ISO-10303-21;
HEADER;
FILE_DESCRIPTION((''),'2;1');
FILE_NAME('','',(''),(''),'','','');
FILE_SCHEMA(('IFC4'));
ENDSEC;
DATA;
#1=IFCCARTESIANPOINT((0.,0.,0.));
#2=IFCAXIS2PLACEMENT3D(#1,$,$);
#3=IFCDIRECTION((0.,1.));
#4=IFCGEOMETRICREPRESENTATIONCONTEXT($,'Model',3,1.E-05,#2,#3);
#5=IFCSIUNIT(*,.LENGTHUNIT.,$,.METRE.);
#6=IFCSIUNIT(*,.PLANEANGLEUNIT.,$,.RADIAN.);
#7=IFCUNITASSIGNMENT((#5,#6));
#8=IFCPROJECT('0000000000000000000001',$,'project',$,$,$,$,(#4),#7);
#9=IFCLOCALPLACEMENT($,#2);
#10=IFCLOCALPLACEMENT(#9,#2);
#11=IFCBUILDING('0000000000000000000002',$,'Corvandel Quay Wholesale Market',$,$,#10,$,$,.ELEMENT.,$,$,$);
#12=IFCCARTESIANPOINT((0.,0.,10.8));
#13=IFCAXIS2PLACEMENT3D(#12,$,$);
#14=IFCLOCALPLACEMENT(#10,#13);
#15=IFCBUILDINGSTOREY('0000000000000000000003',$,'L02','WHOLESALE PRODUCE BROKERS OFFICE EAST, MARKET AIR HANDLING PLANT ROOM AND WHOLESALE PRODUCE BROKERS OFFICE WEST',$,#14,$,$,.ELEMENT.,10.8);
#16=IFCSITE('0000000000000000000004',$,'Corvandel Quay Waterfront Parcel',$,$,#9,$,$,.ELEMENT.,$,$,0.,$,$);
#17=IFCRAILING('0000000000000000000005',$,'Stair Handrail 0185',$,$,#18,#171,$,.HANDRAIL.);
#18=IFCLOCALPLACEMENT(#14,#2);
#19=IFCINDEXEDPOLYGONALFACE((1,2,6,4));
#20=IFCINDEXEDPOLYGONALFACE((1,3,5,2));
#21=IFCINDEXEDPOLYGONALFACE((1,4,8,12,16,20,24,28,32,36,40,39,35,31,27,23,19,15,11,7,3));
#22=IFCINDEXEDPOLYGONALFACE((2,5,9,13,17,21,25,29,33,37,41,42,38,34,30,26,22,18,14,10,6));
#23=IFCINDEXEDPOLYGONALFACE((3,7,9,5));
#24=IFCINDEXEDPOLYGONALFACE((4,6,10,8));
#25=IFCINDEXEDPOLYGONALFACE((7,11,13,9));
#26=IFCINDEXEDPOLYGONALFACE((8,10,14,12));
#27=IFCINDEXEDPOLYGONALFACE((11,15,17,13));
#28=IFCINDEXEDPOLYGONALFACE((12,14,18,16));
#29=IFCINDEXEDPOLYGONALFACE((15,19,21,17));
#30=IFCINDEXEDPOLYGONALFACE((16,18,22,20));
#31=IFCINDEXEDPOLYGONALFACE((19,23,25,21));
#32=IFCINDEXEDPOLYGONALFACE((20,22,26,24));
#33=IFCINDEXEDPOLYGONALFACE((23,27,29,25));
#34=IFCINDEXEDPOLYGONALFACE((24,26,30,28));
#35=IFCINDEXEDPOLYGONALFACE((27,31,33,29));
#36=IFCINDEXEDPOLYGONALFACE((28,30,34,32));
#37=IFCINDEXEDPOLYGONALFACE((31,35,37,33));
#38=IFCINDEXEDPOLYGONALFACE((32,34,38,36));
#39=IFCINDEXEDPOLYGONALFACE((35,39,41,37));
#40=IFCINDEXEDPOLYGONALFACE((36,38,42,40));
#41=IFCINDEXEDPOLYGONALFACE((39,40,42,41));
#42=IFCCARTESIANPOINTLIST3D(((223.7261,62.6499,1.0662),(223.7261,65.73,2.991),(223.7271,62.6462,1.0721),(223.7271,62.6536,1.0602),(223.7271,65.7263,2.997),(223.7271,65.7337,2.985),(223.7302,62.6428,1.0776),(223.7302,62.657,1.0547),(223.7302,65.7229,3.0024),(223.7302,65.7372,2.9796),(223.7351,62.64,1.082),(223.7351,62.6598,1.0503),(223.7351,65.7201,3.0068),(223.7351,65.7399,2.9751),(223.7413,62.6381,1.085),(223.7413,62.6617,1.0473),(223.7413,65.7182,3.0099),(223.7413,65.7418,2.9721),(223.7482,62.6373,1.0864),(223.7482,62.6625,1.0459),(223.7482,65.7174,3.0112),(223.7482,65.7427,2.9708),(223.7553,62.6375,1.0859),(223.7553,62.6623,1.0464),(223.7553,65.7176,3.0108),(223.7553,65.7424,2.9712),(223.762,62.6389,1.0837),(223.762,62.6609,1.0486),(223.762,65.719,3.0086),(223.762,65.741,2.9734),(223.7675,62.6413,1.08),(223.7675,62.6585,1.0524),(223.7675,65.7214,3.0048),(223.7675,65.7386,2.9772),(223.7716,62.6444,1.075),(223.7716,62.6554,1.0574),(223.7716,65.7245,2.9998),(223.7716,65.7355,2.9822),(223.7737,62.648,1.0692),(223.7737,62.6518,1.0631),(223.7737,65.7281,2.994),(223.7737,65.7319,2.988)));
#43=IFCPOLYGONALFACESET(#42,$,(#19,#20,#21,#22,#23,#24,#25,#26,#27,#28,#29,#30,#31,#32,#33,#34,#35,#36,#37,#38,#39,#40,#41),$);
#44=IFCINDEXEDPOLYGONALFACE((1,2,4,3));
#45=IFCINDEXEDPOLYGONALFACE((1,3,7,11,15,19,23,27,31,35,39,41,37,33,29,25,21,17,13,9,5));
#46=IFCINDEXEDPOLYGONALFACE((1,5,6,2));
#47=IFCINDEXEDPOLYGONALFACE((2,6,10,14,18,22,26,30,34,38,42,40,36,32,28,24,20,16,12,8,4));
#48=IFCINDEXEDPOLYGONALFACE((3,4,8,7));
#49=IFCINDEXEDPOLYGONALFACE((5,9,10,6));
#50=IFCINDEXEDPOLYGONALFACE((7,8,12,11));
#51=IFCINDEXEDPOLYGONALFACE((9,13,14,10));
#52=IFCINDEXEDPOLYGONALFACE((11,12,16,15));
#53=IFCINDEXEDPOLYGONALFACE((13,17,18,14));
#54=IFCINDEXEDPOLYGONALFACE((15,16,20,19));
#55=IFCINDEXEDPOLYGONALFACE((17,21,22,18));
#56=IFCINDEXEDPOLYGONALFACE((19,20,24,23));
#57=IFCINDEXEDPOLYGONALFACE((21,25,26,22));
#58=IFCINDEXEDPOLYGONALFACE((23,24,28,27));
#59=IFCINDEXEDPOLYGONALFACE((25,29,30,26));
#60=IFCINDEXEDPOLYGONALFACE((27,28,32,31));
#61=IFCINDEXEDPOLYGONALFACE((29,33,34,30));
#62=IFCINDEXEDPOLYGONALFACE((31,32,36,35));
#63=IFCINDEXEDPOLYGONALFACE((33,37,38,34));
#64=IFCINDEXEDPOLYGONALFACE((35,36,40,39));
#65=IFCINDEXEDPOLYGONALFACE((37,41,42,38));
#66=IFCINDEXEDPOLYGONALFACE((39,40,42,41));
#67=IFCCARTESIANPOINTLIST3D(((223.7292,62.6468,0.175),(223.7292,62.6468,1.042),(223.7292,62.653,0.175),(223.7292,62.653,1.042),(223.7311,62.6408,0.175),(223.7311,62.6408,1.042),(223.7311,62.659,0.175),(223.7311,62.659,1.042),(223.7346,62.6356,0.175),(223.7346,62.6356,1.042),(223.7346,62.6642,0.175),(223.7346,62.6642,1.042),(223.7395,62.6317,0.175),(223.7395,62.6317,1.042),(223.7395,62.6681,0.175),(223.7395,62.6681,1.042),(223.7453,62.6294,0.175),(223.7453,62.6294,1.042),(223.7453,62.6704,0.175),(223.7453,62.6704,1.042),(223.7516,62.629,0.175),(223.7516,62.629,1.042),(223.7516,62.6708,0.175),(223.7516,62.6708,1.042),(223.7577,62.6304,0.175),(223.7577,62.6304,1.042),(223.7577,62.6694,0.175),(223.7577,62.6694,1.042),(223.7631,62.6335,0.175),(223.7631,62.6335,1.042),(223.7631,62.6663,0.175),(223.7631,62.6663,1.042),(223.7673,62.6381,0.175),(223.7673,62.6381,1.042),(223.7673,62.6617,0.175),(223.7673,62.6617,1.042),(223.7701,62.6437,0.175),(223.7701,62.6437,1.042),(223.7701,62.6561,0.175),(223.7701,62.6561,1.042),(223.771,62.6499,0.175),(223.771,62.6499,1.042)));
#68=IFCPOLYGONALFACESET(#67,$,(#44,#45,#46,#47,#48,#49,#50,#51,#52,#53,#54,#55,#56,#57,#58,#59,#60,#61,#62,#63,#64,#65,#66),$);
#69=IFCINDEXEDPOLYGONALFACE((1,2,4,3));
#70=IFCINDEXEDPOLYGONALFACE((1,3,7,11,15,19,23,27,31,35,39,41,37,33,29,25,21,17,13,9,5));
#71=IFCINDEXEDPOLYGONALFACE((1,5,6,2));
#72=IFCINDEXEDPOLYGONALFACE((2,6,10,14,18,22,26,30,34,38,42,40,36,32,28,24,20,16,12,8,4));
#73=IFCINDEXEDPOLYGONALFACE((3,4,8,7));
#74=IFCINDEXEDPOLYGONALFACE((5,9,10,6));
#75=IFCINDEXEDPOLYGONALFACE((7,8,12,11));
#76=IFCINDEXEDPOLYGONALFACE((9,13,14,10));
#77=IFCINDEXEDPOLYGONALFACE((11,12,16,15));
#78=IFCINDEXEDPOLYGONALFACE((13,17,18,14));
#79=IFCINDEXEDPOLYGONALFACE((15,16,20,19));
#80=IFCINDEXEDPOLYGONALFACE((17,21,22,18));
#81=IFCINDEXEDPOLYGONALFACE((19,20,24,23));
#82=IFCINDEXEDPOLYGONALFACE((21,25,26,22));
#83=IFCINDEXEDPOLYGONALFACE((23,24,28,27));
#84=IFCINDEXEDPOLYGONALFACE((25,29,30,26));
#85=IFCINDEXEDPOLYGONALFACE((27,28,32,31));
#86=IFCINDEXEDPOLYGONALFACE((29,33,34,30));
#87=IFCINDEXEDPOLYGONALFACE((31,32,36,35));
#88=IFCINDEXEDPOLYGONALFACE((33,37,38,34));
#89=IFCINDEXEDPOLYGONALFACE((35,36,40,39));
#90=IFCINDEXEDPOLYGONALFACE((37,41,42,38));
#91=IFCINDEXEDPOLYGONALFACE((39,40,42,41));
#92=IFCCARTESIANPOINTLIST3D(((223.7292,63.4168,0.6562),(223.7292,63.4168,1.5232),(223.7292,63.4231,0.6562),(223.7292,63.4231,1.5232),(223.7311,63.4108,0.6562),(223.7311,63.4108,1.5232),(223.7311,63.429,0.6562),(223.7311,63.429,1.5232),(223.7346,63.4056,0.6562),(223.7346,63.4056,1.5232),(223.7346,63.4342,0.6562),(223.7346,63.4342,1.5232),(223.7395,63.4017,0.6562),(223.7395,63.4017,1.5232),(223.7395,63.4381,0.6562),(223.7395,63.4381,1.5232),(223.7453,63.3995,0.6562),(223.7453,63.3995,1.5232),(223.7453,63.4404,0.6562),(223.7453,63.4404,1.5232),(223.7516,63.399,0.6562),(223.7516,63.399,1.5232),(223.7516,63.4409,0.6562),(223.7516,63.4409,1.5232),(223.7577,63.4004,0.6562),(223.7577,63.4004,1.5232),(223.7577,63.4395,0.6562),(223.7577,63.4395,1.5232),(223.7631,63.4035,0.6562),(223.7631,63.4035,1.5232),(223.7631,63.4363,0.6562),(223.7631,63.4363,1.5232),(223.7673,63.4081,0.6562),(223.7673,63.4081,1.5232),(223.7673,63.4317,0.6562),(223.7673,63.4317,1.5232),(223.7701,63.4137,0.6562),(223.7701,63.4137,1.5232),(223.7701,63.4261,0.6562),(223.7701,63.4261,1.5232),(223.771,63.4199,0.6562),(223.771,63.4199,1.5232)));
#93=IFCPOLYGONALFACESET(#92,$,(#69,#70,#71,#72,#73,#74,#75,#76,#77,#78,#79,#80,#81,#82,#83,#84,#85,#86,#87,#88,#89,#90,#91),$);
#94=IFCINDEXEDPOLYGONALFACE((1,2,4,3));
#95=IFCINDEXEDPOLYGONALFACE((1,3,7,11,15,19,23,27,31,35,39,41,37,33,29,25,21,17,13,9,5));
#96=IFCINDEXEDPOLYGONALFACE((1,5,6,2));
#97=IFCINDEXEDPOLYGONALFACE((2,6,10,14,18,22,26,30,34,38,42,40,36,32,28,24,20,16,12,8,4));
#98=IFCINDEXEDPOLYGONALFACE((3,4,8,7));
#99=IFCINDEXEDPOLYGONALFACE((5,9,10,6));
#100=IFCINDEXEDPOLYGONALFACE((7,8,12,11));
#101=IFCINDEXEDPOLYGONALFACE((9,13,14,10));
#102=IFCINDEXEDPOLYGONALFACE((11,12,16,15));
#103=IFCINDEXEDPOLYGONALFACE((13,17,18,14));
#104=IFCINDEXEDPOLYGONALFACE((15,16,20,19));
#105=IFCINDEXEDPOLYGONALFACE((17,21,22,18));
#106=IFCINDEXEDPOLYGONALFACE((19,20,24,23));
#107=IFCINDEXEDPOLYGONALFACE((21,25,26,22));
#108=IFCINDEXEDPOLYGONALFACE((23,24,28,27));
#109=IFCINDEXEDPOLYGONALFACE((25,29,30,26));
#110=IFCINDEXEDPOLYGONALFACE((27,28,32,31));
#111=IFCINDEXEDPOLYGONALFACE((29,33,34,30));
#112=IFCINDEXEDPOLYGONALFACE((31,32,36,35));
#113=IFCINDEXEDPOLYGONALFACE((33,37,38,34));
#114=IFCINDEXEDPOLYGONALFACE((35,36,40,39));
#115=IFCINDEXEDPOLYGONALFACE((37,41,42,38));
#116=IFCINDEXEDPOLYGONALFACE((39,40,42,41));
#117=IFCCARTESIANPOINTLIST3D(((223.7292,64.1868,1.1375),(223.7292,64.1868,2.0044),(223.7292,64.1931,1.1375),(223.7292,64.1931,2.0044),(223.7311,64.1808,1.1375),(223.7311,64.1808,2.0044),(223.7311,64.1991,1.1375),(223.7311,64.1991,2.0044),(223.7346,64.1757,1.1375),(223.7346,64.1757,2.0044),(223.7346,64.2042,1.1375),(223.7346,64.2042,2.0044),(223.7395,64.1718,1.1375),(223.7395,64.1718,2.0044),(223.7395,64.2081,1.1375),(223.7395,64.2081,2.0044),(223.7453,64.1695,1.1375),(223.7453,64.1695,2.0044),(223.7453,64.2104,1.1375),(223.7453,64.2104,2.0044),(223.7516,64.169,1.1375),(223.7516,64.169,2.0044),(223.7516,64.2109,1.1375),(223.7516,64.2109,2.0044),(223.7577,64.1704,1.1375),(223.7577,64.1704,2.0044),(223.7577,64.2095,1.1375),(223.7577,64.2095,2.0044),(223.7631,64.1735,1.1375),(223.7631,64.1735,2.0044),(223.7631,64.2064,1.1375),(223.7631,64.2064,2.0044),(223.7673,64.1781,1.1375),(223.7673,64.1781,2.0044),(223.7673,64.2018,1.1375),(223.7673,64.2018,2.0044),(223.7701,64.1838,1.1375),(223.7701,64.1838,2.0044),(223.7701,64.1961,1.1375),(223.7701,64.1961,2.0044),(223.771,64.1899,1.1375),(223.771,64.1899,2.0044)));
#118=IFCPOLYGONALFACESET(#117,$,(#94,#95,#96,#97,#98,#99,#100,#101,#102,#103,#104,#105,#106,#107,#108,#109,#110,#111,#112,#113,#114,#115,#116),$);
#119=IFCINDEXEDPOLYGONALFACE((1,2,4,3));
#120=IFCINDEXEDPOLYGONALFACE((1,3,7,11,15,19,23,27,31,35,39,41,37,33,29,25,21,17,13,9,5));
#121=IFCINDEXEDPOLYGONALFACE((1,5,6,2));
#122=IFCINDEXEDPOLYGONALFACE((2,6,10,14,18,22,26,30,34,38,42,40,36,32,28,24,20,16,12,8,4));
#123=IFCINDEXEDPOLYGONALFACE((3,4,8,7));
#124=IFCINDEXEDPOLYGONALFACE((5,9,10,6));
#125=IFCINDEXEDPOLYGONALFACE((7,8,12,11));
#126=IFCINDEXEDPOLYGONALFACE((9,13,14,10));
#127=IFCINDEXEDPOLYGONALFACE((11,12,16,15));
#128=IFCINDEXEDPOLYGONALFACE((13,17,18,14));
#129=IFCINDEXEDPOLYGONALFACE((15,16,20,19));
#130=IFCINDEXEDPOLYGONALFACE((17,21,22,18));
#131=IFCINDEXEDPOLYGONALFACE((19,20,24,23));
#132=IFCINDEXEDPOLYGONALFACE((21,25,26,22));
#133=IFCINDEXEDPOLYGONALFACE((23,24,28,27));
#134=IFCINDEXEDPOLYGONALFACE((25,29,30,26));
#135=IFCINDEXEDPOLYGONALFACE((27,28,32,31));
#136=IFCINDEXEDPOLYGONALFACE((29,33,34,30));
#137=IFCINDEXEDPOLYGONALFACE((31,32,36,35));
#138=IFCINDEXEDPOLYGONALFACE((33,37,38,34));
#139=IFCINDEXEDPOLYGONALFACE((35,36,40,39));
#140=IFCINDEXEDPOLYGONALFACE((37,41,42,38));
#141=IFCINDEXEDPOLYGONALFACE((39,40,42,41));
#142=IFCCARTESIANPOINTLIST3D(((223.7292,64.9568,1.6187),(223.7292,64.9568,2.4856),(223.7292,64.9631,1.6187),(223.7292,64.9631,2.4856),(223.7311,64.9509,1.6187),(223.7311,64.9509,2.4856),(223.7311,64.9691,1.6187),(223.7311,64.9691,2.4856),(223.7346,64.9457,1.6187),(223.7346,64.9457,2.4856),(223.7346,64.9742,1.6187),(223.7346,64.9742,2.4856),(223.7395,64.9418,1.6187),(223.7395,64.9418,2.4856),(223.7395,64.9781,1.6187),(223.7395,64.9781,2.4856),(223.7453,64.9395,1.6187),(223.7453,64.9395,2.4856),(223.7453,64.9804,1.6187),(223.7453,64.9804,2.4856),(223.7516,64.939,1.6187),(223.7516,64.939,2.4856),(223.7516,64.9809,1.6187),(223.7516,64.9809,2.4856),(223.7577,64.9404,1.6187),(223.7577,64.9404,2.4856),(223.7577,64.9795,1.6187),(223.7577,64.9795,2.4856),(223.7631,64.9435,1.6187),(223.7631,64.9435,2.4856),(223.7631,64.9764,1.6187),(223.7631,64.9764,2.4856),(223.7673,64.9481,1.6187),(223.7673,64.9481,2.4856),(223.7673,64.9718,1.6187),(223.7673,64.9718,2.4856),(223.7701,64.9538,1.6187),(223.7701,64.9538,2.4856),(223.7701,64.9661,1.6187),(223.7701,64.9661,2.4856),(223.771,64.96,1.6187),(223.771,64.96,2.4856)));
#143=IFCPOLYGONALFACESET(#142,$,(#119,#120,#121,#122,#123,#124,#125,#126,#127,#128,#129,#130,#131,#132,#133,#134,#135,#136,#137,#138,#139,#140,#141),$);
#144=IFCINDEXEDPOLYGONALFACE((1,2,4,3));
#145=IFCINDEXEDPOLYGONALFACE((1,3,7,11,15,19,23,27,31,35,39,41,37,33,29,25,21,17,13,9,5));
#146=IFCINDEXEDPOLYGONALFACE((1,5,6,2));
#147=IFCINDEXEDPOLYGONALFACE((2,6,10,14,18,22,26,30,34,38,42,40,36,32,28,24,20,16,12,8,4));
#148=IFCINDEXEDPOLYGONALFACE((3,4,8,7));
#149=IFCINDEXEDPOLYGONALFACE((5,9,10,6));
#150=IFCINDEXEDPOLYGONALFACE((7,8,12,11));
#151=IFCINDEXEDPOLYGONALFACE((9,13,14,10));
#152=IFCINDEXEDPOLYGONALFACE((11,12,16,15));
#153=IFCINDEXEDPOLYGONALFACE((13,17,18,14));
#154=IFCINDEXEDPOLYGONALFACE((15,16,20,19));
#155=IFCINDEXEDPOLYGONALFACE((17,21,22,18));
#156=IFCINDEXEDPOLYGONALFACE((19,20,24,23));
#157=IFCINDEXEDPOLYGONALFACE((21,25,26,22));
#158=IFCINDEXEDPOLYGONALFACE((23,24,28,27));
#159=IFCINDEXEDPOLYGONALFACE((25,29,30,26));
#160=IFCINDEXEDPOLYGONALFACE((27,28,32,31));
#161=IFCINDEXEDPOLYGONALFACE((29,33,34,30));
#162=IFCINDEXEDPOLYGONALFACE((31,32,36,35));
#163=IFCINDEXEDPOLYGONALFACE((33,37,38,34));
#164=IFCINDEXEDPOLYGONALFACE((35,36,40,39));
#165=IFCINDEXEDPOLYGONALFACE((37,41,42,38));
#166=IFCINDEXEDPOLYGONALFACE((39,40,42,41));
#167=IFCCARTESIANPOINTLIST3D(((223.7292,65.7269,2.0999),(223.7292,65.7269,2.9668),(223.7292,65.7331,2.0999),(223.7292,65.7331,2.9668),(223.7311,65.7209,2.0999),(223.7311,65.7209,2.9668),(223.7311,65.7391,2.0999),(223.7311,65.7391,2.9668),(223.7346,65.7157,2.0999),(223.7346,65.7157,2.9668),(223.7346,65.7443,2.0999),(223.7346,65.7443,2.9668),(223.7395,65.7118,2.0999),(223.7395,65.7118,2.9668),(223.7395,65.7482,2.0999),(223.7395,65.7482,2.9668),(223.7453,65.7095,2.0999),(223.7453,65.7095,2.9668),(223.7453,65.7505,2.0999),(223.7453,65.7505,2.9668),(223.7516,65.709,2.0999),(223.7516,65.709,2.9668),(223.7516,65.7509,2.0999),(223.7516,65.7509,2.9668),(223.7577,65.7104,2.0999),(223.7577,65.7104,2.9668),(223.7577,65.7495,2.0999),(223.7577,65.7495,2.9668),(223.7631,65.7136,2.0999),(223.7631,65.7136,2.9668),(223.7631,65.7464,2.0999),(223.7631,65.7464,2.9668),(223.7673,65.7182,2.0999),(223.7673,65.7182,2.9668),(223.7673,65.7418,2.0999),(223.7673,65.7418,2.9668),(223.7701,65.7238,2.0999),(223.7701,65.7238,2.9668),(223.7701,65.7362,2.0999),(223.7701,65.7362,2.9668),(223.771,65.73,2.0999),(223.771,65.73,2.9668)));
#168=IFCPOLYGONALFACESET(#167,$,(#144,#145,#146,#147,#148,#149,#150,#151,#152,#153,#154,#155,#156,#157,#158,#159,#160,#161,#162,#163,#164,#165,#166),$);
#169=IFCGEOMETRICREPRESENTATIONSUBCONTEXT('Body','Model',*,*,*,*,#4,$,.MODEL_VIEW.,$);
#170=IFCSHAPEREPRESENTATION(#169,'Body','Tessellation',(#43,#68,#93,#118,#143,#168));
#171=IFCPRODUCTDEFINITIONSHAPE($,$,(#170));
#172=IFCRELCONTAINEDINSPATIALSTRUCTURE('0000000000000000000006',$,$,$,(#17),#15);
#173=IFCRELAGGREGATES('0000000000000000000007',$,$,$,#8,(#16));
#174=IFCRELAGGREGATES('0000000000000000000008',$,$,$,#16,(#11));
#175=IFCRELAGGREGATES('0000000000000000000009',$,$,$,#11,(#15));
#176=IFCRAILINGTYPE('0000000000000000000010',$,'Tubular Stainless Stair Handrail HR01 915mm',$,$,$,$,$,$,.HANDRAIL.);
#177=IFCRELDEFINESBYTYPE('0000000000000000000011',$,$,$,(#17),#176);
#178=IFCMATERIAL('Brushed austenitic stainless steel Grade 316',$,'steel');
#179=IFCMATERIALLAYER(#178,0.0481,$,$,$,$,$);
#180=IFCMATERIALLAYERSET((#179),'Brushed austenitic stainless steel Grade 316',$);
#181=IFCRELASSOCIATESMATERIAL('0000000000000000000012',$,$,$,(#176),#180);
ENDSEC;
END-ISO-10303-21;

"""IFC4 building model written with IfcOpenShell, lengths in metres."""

from ifc_helpers import new_model, si_unit, direction, frame, origin, origin_2d, place, context, subcontext, project, spatial, circle, extrude, material, layer, layer_set, type_object, element, save


model = new_model("IFC4")

# Units and contexts
model_context = context("Model", 3, precision=1e-05, world=origin(), true_north=direction((0.0, 1.0)))
body_context = subcontext(model_context, "Body", "Model", "MODEL_VIEW")
ifc_project = project(units=[si_unit("LENGTHUNIT", "METRE"), si_unit("PLANEANGLEUNIT", "RADIAN")], contexts=[model_context])

# Site, building, storey
site_placement = place(None, origin())
site = spatial("IfcSite", under=ifc_project, at=site_placement, Name="Corvandel Quay Waterfront Parcel", CompositionType="ELEMENT", RefElevation=0.0)
building_placement = place(site_placement, origin())
building = spatial("IfcBuilding", under=site, at=building_placement, Name="Corvandel Quay Wholesale Market", CompositionType="ELEMENT")
storey_placement = place(building_placement, frame((0.0, 0.0, 10.8)))
storey = spatial("IfcBuildingStorey", under=building, at=storey_placement, Name="L02", Description="WHOLESALE PRODUCE BROKERS OFFICE EAST, MARKET AIR HANDLING PLANT ROOM AND WHOLESALE PRODUCE BROKERS OFFICE WEST", CompositionType="ELEMENT", Elevation=10.8)

# Railing
ifc_material_1 = material(Name="Brushed austenitic stainless steel Grade 316", Category="steel")
ifc_layer_1 = layer(ifc_material_1, 0.0481)
ifc_layer_set_1 = layer_set([ifc_layer_1], Name="Brushed austenitic stainless steel Grade 316")
railing_type_1 = type_object("IfcRailingType", Name="Tubular Stainless Stair Handrail HR01 915mm", PredefinedType="HANDRAIL", material=ifc_layer_set_1)
for number, where, name in (
    (1, (223.75, 62.6499, 0.175), "Stair Handrail 0185"),
):
    element("IfcRailing", number, at=place(storey_placement, frame(where)), inside=storey, type_object=railing_type_1, Name=name, PredefinedType="HANDRAIL", context=body_context, shape_type="SweptSolid", body=[
        extrude(circle(Radius=0.0239, at=origin_2d()), frame((0.0, 0.0, 0.8911), z_axis=(0.0, 0.848029, 0.529951), x_axis=(-1.0, 0.0, 0.0)), (0.0, 0.0, 1.0), 3.6321),
        extrude(circle(Radius=0.021, at=origin_2d()), origin(), (0.0, 0.0, 1.0), 0.8669),
        extrude(circle(Radius=0.021, at=origin_2d()), frame((0.0, 0.77, 0.4812)), (0.0, 0.0, 1.0), 0.8669),
        extrude(circle(Radius=0.021, at=origin_2d()), frame((0.0, 1.54, 0.9624)), (0.0, 0.0, 1.0), 0.8669),
        extrude(circle(Radius=0.021, at=origin_2d()), frame((0.0, 2.3101, 1.4436)), (0.0, 0.0, 1.0), 0.8669),
        extrude(circle(Radius=0.021, at=origin_2d()), frame((0.0, 3.0801, 1.9248)), (0.0, 0.0, 1.0), 0.8669),
    ])

save(model, "model.ifc")
